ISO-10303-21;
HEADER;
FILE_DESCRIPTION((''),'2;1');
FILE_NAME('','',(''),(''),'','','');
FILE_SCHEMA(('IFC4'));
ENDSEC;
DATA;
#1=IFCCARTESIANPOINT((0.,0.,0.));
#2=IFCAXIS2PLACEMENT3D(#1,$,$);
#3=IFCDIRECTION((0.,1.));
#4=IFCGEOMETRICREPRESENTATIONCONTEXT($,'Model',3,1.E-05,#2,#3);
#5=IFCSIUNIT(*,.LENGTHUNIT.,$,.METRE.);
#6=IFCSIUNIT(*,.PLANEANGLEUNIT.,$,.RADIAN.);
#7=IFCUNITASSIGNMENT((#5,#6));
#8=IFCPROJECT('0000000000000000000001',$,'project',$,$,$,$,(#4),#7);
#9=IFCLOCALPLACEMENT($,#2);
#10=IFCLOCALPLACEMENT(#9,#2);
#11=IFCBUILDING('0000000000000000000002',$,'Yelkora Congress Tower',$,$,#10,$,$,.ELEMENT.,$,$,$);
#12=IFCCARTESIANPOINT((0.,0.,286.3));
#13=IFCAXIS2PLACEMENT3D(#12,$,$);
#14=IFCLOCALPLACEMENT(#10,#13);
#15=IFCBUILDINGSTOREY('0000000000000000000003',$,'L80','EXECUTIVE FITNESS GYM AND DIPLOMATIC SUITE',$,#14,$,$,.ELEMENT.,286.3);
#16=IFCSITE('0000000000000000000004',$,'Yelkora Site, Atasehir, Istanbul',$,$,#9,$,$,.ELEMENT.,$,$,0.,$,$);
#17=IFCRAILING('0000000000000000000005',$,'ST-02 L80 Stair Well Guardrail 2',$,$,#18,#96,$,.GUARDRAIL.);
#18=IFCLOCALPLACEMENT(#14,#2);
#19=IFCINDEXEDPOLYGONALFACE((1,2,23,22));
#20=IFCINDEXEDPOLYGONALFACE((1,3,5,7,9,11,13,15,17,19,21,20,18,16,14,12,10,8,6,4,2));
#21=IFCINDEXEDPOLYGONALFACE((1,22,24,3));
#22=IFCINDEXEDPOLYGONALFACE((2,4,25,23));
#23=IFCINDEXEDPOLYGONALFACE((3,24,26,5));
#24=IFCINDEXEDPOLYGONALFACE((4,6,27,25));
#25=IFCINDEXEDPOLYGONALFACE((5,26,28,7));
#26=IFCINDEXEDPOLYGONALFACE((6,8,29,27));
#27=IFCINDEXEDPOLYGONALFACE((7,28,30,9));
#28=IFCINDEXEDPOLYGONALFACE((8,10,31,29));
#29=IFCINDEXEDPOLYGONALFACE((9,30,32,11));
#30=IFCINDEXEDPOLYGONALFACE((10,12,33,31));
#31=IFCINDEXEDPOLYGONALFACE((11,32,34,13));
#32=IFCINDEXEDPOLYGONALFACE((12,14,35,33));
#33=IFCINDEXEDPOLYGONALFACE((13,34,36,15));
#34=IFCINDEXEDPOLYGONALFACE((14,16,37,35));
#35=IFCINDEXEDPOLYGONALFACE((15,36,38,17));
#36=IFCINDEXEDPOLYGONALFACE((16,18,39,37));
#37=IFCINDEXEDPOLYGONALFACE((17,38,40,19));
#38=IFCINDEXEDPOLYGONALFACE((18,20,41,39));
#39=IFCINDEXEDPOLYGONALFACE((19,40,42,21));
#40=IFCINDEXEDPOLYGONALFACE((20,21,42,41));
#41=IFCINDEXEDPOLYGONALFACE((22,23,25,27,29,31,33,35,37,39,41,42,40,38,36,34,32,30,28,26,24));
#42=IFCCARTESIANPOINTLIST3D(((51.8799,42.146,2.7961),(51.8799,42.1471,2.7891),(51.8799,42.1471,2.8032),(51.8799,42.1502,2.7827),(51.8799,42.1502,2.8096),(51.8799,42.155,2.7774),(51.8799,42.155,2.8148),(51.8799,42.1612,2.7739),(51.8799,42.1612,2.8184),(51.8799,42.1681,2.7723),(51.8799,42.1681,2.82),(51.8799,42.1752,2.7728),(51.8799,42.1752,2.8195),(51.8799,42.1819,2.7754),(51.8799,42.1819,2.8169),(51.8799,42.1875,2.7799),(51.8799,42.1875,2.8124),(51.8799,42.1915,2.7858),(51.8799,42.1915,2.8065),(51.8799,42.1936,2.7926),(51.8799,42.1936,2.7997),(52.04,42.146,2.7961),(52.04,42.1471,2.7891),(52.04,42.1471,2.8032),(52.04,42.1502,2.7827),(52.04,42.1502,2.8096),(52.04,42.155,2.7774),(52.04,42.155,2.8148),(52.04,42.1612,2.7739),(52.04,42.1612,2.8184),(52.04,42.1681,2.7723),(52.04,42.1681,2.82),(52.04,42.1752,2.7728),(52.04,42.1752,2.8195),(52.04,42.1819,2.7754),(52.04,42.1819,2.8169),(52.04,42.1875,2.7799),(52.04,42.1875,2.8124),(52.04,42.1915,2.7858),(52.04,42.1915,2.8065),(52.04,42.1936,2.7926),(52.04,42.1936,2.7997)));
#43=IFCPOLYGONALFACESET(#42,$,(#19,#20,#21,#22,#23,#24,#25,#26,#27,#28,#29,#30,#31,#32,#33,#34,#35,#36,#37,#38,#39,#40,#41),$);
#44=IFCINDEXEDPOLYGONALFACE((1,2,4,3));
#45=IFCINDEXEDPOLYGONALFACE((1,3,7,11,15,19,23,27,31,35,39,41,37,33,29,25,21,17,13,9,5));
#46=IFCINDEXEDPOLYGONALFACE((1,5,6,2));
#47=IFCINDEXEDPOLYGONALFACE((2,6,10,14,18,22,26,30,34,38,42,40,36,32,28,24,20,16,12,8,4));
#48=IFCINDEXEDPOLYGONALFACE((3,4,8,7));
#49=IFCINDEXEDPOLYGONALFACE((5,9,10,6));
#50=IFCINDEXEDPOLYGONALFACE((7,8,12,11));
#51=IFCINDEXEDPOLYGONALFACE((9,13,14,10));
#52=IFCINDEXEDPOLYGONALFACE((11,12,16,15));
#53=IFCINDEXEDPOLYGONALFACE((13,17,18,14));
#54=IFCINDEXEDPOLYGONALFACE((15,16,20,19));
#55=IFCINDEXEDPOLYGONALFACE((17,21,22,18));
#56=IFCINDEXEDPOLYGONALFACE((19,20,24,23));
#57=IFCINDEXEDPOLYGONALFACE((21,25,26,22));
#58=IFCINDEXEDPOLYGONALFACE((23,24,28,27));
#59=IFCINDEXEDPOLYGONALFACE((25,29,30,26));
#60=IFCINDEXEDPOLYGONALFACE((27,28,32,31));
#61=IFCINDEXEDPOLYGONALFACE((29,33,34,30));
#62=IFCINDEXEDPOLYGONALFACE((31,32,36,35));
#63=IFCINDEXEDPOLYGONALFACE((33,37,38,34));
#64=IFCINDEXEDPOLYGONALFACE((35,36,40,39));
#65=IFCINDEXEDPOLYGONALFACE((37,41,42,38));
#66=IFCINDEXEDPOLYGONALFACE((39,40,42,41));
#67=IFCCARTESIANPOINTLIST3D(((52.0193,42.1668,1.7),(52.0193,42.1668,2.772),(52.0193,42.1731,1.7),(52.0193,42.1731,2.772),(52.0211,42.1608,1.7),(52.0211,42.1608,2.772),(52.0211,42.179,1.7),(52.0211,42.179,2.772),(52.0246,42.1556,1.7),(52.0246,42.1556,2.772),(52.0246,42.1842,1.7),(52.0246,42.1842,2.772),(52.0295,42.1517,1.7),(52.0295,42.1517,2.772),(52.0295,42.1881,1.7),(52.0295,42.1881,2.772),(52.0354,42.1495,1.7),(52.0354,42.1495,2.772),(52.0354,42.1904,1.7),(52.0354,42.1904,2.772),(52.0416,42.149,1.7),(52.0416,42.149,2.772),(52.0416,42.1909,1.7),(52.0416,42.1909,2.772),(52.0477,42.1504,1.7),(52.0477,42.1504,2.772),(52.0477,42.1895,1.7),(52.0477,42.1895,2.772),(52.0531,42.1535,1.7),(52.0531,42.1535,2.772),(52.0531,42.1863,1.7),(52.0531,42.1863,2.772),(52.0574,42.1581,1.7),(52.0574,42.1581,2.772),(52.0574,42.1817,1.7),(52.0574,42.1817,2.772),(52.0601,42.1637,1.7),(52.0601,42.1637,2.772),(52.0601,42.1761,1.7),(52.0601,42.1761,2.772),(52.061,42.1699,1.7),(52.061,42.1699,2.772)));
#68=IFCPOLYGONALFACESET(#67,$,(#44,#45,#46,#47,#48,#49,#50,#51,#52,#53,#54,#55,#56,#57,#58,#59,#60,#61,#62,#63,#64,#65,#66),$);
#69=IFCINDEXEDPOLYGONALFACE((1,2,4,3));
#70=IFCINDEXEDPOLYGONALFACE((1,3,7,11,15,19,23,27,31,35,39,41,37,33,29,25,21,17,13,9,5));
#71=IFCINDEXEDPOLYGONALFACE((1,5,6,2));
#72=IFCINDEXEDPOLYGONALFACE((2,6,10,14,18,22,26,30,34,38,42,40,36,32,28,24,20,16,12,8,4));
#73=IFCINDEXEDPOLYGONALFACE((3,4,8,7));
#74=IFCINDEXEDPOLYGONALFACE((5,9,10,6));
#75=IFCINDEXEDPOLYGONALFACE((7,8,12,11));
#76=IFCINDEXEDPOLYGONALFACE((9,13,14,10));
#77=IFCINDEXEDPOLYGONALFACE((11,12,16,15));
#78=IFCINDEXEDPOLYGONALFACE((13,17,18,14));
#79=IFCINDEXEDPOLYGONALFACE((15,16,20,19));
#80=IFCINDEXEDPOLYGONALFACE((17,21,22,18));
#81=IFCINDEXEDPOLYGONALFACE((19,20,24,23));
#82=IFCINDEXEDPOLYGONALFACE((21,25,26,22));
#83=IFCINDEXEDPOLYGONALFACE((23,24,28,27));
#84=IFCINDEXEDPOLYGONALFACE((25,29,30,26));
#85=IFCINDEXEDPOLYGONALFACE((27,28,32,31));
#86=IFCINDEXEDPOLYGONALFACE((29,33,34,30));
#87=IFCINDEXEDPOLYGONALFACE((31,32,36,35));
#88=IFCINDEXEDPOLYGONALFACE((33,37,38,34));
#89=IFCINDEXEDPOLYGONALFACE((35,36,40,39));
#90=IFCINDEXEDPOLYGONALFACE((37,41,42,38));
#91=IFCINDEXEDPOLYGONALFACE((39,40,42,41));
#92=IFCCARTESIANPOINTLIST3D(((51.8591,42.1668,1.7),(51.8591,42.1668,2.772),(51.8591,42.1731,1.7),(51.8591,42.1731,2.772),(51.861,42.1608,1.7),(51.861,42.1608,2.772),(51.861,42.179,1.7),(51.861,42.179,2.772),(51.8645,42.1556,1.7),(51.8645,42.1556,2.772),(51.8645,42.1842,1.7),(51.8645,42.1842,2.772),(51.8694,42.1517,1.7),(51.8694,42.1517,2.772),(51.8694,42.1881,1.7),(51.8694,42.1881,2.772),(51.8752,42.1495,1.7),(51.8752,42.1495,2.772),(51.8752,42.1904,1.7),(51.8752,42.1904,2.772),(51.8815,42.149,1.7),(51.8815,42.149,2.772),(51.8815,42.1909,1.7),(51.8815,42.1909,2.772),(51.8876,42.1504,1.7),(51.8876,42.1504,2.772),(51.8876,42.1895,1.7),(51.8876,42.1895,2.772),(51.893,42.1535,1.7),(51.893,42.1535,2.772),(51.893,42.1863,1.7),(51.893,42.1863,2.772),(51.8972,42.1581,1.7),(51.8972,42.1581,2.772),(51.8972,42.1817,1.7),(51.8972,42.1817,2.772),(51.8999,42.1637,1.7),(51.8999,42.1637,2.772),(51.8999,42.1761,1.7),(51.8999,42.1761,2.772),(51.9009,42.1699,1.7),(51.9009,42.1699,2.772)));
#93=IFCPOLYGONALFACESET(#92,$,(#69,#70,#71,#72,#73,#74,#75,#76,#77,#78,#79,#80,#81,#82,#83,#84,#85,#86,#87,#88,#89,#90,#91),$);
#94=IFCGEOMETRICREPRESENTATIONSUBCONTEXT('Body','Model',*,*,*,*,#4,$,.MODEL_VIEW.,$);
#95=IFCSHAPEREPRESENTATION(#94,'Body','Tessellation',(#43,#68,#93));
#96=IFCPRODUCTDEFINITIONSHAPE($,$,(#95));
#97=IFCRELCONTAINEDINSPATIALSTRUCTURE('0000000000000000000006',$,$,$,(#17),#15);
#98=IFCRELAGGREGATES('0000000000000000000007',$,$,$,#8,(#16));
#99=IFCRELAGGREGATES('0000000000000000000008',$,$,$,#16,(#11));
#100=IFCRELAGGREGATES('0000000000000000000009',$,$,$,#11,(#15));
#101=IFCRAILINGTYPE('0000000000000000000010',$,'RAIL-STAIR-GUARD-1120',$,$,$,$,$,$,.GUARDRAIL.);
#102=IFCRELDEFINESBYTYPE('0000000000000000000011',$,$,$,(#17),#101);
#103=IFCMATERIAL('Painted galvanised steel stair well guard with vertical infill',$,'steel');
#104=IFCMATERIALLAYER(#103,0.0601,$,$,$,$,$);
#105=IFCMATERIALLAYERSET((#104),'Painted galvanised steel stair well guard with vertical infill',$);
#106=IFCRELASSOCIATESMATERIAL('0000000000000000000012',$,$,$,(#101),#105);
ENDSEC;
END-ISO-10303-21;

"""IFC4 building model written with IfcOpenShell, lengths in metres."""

from ifc_helpers import new_model, si_unit, direction, frame, origin, origin_2d, place, context, subcontext, project, spatial, circle, extrude, material, layer, layer_set, type_object, element, save


model = new_model("IFC4")

# Units and contexts
model_context = context("Model", 3, precision=1e-05, world=origin(), true_north=direction((0.0, 1.0)))
body_context = subcontext(model_context, "Body", "Model", "MODEL_VIEW")
ifc_project = project(units=[si_unit("LENGTHUNIT", "METRE"), si_unit("PLANEANGLEUNIT", "RADIAN")], contexts=[model_context])

# Site, building, storey
site_placement = place(None, origin())
site = spatial("IfcSite", under=ifc_project, at=site_placement, Name="Yelkora Site, Atasehir, Istanbul", CompositionType="ELEMENT", RefElevation=0.0)
building_placement = place(site_placement, origin())
building = spatial("IfcBuilding", under=site, at=building_placement, Name="Yelkora Congress Tower", CompositionType="ELEMENT")
storey_placement = place(building_placement, frame((0.0, 0.0, 286.3)))
storey = spatial("IfcBuildingStorey", under=building, at=storey_placement, Name="L80", Description="EXECUTIVE FITNESS GYM AND DIPLOMATIC SUITE", CompositionType="ELEMENT", Elevation=286.3)

# Railing
ifc_material_1 = material(Name="Painted galvanised steel stair well guard with vertical infill", Category="steel")
ifc_layer_1 = layer(ifc_material_1, 0.0601)
ifc_layer_set_1 = layer_set([ifc_layer_1], Name="Painted galvanised steel stair well guard with vertical infill")
railing_type = type_object("IfcRailingType", Name="RAIL-STAIR-GUARD-1120", PredefinedType="GUARDRAIL", material=ifc_layer_set_1)
railing_1_placement = place(storey_placement, frame((52.04, 42.1699, 1.7)))
element("IfcRailing", 1, at=railing_1_placement, inside=storey, type_object=railing_type, Name="ST-02 L80 Stair Well Guardrail 2", PredefinedType="GUARDRAIL", context=body_context, shape_type="SweptSolid", body=[
    extrude(circle(Radius=0.0239, at=origin_2d()), frame((0.0, 0.0, 1.0962), z_axis=(-1.0, 0.0, 0.0), x_axis=(0.0, -1.0, 0.0)), (0.0, 0.0, 1.0), 0.1602),
    extrude(circle(Radius=0.021, at=origin_2d()), origin(), (0.0, 0.0, 1.0), 1.072),
    extrude(circle(Radius=0.021, at=origin_2d()), frame((-0.1602, 0.0, 0.0)), (0.0, 0.0, 1.0), 1.072),
])

save(model, "model.ifc")
